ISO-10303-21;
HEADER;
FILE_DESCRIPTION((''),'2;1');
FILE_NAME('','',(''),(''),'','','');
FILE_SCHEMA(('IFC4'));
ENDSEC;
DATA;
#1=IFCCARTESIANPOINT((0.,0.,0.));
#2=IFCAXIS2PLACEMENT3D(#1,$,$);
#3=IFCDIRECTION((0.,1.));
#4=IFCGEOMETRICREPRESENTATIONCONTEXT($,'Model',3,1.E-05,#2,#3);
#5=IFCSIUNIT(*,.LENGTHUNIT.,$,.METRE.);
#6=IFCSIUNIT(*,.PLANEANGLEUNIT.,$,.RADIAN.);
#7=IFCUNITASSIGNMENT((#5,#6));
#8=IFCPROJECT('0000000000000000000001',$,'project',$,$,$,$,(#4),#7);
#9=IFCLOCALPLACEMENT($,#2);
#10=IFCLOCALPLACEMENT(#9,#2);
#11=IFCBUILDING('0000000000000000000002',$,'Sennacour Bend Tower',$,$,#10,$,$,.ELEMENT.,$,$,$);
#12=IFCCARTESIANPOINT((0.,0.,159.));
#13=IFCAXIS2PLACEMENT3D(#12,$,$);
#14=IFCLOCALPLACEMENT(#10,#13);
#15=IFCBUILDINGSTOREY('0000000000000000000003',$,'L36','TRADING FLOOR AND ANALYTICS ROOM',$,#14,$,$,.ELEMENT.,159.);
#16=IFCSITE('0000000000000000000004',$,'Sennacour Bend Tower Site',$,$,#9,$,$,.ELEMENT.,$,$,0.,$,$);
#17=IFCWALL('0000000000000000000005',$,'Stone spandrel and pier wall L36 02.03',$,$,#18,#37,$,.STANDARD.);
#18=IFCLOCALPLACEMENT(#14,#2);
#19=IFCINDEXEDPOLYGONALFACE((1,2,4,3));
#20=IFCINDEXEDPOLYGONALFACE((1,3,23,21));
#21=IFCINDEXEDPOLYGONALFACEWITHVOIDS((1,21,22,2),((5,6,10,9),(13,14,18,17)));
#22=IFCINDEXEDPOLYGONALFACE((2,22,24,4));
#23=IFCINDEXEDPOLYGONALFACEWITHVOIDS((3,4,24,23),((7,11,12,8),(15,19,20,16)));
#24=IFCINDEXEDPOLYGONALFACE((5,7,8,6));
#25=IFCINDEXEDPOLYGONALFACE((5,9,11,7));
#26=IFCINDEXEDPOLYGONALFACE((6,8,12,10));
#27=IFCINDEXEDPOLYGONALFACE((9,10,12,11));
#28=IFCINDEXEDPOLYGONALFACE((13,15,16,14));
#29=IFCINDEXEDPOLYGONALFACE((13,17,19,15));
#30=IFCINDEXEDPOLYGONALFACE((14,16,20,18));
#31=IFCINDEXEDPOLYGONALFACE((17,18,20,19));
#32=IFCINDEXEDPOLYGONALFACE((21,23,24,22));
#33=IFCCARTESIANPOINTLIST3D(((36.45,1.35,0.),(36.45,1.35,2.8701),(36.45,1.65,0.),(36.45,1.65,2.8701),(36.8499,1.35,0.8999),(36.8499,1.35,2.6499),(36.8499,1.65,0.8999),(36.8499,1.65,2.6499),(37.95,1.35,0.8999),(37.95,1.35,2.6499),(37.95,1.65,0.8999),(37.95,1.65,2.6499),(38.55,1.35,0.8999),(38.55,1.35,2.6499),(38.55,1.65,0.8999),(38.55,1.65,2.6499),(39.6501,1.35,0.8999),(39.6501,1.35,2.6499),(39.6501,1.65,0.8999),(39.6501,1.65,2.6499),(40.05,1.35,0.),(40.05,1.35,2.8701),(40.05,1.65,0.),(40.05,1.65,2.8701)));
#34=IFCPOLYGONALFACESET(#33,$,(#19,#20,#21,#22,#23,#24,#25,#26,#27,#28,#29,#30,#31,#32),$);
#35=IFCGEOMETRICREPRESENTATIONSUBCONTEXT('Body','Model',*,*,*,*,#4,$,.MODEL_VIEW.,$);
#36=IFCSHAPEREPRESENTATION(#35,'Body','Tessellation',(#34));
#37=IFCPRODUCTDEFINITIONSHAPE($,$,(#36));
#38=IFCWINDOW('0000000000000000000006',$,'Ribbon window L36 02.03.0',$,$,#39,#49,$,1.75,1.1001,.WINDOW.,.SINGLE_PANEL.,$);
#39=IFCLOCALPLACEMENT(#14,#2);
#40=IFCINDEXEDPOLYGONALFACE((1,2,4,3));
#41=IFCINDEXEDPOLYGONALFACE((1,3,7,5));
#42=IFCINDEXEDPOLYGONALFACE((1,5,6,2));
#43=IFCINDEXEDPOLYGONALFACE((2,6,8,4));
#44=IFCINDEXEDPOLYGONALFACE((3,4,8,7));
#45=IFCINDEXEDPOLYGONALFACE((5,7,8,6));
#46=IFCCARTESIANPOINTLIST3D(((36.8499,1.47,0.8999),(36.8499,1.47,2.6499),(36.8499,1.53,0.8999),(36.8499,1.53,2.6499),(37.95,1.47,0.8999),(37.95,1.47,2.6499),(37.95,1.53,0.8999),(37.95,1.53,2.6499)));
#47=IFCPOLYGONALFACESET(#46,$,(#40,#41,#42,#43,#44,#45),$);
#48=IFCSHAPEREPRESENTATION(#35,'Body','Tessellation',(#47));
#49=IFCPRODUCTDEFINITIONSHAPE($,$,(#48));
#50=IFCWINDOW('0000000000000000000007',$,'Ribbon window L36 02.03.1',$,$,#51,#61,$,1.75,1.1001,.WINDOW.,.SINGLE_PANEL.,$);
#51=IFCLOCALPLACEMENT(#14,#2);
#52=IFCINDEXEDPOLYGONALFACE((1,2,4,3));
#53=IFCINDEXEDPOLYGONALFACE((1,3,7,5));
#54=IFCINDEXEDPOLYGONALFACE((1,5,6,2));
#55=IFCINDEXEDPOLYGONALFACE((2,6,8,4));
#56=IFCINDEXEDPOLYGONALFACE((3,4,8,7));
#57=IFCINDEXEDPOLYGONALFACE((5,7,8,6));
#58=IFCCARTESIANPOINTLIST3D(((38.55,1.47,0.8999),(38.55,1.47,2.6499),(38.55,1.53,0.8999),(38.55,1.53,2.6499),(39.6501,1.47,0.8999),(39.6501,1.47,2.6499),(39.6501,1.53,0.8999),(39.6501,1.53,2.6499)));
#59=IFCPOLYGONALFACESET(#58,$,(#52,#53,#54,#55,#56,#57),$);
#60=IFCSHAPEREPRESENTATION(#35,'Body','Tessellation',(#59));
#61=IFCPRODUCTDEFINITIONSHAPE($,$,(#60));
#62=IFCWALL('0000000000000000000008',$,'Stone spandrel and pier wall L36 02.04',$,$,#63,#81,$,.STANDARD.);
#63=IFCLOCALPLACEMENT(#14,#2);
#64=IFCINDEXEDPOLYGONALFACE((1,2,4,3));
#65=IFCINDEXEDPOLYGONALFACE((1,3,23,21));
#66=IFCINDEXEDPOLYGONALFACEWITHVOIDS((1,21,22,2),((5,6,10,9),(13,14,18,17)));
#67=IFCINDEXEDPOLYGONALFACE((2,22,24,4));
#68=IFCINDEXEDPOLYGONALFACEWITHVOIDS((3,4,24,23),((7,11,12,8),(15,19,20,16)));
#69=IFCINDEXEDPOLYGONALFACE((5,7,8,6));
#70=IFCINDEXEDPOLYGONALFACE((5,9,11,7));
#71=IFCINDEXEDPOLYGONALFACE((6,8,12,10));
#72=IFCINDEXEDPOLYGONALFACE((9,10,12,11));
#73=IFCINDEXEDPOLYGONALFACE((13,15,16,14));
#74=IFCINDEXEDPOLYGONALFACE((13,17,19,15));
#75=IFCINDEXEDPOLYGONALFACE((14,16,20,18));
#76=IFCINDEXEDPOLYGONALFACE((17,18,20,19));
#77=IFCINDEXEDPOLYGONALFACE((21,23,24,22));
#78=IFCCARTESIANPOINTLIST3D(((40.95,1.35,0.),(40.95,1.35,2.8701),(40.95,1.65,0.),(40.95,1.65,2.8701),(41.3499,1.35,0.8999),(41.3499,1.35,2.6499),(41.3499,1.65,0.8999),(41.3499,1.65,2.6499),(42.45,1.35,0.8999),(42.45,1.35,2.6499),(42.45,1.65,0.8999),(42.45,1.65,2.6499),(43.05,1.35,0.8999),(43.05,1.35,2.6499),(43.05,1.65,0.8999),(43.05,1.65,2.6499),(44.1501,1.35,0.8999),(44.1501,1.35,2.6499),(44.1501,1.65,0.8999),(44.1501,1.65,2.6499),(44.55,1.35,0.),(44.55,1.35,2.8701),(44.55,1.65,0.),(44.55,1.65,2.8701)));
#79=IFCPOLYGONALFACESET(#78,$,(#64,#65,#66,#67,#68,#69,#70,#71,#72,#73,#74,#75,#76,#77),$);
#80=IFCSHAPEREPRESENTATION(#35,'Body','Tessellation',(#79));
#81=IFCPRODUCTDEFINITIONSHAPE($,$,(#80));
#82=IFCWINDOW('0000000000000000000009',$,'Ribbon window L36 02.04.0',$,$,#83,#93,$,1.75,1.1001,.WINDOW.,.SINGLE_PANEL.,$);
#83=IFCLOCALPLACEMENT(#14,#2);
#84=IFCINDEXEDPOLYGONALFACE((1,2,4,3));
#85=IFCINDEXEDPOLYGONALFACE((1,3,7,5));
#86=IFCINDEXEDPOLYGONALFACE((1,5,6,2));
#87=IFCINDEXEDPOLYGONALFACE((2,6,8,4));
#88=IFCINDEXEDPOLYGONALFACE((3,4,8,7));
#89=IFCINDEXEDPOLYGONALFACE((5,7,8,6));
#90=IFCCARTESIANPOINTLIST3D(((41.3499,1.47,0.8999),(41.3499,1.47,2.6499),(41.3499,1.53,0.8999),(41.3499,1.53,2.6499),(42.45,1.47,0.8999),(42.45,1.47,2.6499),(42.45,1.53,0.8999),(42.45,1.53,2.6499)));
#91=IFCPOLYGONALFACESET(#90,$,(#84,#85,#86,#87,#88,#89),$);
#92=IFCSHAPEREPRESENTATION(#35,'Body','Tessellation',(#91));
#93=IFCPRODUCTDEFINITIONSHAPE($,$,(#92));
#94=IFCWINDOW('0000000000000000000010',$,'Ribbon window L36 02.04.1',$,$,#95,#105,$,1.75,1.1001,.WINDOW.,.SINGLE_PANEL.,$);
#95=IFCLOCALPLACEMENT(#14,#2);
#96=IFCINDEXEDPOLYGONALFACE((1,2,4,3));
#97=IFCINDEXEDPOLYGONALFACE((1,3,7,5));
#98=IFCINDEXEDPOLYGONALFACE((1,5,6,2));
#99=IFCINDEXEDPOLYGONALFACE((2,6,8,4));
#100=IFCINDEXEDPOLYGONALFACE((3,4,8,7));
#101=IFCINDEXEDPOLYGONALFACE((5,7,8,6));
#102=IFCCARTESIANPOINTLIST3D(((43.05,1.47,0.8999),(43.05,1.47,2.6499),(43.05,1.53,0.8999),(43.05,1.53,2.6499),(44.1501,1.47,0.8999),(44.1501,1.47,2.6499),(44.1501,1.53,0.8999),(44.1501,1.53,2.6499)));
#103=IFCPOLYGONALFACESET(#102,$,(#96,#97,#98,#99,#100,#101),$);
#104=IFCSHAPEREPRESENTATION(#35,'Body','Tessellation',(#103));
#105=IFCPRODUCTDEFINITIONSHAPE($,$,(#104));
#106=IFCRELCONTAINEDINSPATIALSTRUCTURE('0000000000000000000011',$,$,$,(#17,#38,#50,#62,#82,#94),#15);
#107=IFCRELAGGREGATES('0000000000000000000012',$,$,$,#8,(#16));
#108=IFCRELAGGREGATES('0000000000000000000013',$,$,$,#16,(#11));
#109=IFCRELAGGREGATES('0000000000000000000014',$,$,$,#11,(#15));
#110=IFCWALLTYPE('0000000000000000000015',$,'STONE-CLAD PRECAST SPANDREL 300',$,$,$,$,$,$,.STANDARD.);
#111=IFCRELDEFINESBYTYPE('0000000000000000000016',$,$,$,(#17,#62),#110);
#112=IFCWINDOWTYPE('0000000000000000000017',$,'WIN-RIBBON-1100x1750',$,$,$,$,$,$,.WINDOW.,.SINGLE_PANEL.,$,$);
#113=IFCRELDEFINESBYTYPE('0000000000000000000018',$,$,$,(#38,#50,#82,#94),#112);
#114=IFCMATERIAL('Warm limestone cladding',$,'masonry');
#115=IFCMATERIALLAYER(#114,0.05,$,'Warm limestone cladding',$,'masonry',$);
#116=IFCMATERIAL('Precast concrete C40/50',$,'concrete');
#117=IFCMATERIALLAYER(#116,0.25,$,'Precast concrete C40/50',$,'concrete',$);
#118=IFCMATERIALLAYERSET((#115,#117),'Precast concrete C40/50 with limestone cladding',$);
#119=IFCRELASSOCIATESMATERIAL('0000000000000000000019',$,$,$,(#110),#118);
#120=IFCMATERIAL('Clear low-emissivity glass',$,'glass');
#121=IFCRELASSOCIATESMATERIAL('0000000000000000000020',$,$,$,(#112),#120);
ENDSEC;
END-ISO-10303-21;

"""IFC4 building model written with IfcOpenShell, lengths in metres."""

from ifc_helpers import new_model, si_unit, direction, frame, frame_2d, origin, place, context, subcontext, project, spatial, rectangle, extrude, material, layer, layer_set, type_object, element, fill, save


model = new_model("IFC4")

# Units and contexts
model_context = context("Model", 3, precision=1e-05, world=origin(), true_north=direction((0.0, 1.0)))
body_context = subcontext(model_context, "Body", "Model", "MODEL_VIEW")
ifc_project = project(units=[si_unit("LENGTHUNIT", "METRE"), si_unit("PLANEANGLEUNIT", "RADIAN")], contexts=[model_context])

# Site, building, storey
site_placement = place(None, origin())
site = spatial("IfcSite", under=ifc_project, at=site_placement, Name="Sennacour Bend Tower Site", CompositionType="ELEMENT", RefElevation=0.0)
building_placement = place(site_placement, origin())
building = spatial("IfcBuilding", under=site, at=building_placement, Name="Sennacour Bend Tower", CompositionType="ELEMENT")
storey_placement = place(building_placement, frame((0.0, 0.0, 159.0)))
storey = spatial("IfcBuildingStorey", under=building, at=storey_placement, Name="L36", Description="TRADING FLOOR AND ANALYTICS ROOM", CompositionType="ELEMENT", Elevation=159.0)

# Walls, openings, windows
ifc_material_1 = material(Name="Warm limestone cladding", Category="masonry")
ifc_layer_1 = layer(ifc_material_1, 0.05, Name="Warm limestone cladding", Category="masonry")
ifc_material_2 = material(Name="Precast concrete C40/50", Category="concrete")
ifc_layer_2 = layer(ifc_material_2, 0.25, Name="Precast concrete C40/50", Category="concrete")
ifc_layer_set_1 = layer_set([ifc_layer_1, ifc_layer_2], Name="Precast concrete C40/50 with limestone cladding")
wall_type_1 = type_object("IfcWallType", Name="STONE-CLAD PRECAST SPANDREL 300", PredefinedType="STANDARD", material=ifc_layer_set_1)
ifc_material_3 = material(Name="Clear low-emissivity glass", Category="glass")
window_type = type_object("IfcWindowType", Name="WIN-RIBBON-1100x1750", PartitioningType="SINGLE_PANEL", PredefinedType="WINDOW", material=ifc_material_3)
wall_1_placement = place(storey_placement, frame((36.45, 1.5, 0.0), z_axis=(0.0, 0.0, 1.0), x_axis=(1.0, 0.0, 0.0)))
wall_1 = element("IfcWall", 1, at=wall_1_placement, inside=storey, type_object=wall_type_1, Name="Stone spandrel and pier wall L36 02.03", PredefinedType="STANDARD", context=body_context, shape_type="SweptSolid", body=[
    extrude(rectangle(XDim=3.6001, YDim=0.3, at=frame_2d((1.8, 0.0))), origin(), (0.0, 0.0, 1.0), 2.8701),
])
opening_1_placement = place(wall_1_placement, frame((0.3999, 0.0, 0.8999)))
opening_1 = element("IfcOpeningElement", 2, at=opening_1_placement, cuts=wall_1, PredefinedType="OPENING", context=body_context, shape_type="SweptSolid", body=[
    extrude(rectangle(XDim=1.1001, YDim=1.75, at=frame_2d((0.55, 0.875))), frame((0.0, 0.1602, 0.0), z_axis=(0.0, -1.0, 0.0), x_axis=(1.0, 0.0, 0.0)), (0.0, 0.0, 1.0), 0.3201),
])
opening_2_placement = place(wall_1_placement, frame((2.1001, 0.0, 0.8999)))
opening_2 = element("IfcOpeningElement", 3, at=opening_2_placement, cuts=wall_1, PredefinedType="OPENING", context=body_context, shape_type="SweptSolid", body=[
    extrude(rectangle(XDim=1.1001, YDim=1.75, at=frame_2d((0.55, 0.875))), frame((0.0, 0.1602, 0.0), z_axis=(0.0, -1.0, 0.0), x_axis=(1.0, 0.0, 0.0)), (0.0, 0.0, 1.0), 0.3201),
])
window_1_placement = place(opening_1_placement, origin())
window_1 = element("IfcWindow", 4, at=window_1_placement, inside=storey, type_object=window_type, Name="Ribbon window L36 02.03.0", OverallHeight=1.75, OverallWidth=1.1001, PartitioningType="SINGLE_PANEL", PredefinedType="WINDOW", context=body_context, shape_type="SweptSolid", body=[
    extrude(rectangle(XDim=1.1001, YDim=1.75, at=frame_2d((0.55, 0.875))), frame((0.0, 0.03, 0.0), z_axis=(0.0, -1.0, 0.0), x_axis=(1.0, 0.0, 0.0)), (0.0, 0.0, 1.0), 0.0601),
])
fill(opening_1, window_1)
window_2_placement = place(opening_2_placement, origin())
window_2 = element("IfcWindow", 5, at=window_2_placement, inside=storey, type_object=window_type, Name="Ribbon window L36 02.03.1", OverallHeight=1.75, OverallWidth=1.1001, PartitioningType="SINGLE_PANEL", PredefinedType="WINDOW", context=body_context, shape_type="SweptSolid", body=[
    extrude(rectangle(XDim=1.1001, YDim=1.75, at=frame_2d((0.55, 0.875))), frame((0.0, 0.03, 0.0), z_axis=(0.0, -1.0, 0.0), x_axis=(1.0, 0.0, 0.0)), (0.0, 0.0, 1.0), 0.0601),
])
fill(opening_2, window_2)
wall_2_placement = place(storey_placement, frame((40.95, 1.5, 0.0), z_axis=(0.0, 0.0, 1.0), x_axis=(1.0, 0.0, 0.0)))
wall_2 = element("IfcWall", 6, at=wall_2_placement, inside=storey, type_object=wall_type_1, Name="Stone spandrel and pier wall L36 02.04", PredefinedType="STANDARD", context=body_context, shape_type="SweptSolid", body=[
    extrude(rectangle(XDim=3.6001, YDim=0.3, at=frame_2d((1.8, 0.0))), origin(), (0.0, 0.0, 1.0), 2.8701),
])
opening_3_placement = place(wall_2_placement, frame((0.3999, 0.0, 0.8999)))
opening_3 = element("IfcOpeningElement", 7, at=opening_3_placement, cuts=wall_2, PredefinedType="OPENING", context=body_context, shape_type="SweptSolid", body=[
    extrude(rectangle(XDim=1.1001, YDim=1.75, at=frame_2d((0.55, 0.875))), frame((0.0, 0.1602, 0.0), z_axis=(0.0, -1.0, 0.0), x_axis=(1.0, 0.0, 0.0)), (0.0, 0.0, 1.0), 0.3201),
])
opening_4_placement = place(wall_2_placement, frame((2.1001, 0.0, 0.8999)))
opening_4 = element("IfcOpeningElement", 8, at=opening_4_placement, cuts=wall_2, PredefinedType="OPENING", context=body_context, shape_type="SweptSolid", body=[
    extrude(rectangle(XDim=1.1001, YDim=1.75, at=frame_2d((0.55, 0.875))), frame((0.0, 0.1602, 0.0), z_axis=(0.0, -1.0, 0.0), x_axis=(1.0, 0.0, 0.0)), (0.0, 0.0, 1.0), 0.3201),
])
window_3_placement = place(opening_3_placement, origin())
window_3 = element("IfcWindow", 9, at=window_3_placement, inside=storey, type_object=window_type, Name="Ribbon window L36 02.04.0", OverallHeight=1.75, OverallWidth=1.1001, PartitioningType="SINGLE_PANEL", PredefinedType="WINDOW", context=body_context, shape_type="SweptSolid", body=[
    extrude(rectangle(XDim=1.1001, YDim=1.75, at=frame_2d((0.55, 0.875))), frame((0.0, 0.03, 0.0), z_axis=(0.0, -1.0, 0.0), x_axis=(1.0, 0.0, 0.0)), (0.0, 0.0, 1.0), 0.0601),
])
fill(opening_3, window_3)
window_4_placement = place(opening_4_placement, origin())
window_4 = element("IfcWindow", 10, at=window_4_placement, inside=storey, type_object=window_type, Name="Ribbon window L36 02.04.1", OverallHeight=1.75, OverallWidth=1.1001, PartitioningType="SINGLE_PANEL", PredefinedType="WINDOW", context=body_context, shape_type="SweptSolid", body=[
    extrude(rectangle(XDim=1.1001, YDim=1.75, at=frame_2d((0.55, 0.875))), frame((0.0, 0.03, 0.0), z_axis=(0.0, -1.0, 0.0), x_axis=(1.0, 0.0, 0.0)), (0.0, 0.0, 1.0), 0.0601),
])
fill(opening_4, window_4)

save(model, "model.ifc")
